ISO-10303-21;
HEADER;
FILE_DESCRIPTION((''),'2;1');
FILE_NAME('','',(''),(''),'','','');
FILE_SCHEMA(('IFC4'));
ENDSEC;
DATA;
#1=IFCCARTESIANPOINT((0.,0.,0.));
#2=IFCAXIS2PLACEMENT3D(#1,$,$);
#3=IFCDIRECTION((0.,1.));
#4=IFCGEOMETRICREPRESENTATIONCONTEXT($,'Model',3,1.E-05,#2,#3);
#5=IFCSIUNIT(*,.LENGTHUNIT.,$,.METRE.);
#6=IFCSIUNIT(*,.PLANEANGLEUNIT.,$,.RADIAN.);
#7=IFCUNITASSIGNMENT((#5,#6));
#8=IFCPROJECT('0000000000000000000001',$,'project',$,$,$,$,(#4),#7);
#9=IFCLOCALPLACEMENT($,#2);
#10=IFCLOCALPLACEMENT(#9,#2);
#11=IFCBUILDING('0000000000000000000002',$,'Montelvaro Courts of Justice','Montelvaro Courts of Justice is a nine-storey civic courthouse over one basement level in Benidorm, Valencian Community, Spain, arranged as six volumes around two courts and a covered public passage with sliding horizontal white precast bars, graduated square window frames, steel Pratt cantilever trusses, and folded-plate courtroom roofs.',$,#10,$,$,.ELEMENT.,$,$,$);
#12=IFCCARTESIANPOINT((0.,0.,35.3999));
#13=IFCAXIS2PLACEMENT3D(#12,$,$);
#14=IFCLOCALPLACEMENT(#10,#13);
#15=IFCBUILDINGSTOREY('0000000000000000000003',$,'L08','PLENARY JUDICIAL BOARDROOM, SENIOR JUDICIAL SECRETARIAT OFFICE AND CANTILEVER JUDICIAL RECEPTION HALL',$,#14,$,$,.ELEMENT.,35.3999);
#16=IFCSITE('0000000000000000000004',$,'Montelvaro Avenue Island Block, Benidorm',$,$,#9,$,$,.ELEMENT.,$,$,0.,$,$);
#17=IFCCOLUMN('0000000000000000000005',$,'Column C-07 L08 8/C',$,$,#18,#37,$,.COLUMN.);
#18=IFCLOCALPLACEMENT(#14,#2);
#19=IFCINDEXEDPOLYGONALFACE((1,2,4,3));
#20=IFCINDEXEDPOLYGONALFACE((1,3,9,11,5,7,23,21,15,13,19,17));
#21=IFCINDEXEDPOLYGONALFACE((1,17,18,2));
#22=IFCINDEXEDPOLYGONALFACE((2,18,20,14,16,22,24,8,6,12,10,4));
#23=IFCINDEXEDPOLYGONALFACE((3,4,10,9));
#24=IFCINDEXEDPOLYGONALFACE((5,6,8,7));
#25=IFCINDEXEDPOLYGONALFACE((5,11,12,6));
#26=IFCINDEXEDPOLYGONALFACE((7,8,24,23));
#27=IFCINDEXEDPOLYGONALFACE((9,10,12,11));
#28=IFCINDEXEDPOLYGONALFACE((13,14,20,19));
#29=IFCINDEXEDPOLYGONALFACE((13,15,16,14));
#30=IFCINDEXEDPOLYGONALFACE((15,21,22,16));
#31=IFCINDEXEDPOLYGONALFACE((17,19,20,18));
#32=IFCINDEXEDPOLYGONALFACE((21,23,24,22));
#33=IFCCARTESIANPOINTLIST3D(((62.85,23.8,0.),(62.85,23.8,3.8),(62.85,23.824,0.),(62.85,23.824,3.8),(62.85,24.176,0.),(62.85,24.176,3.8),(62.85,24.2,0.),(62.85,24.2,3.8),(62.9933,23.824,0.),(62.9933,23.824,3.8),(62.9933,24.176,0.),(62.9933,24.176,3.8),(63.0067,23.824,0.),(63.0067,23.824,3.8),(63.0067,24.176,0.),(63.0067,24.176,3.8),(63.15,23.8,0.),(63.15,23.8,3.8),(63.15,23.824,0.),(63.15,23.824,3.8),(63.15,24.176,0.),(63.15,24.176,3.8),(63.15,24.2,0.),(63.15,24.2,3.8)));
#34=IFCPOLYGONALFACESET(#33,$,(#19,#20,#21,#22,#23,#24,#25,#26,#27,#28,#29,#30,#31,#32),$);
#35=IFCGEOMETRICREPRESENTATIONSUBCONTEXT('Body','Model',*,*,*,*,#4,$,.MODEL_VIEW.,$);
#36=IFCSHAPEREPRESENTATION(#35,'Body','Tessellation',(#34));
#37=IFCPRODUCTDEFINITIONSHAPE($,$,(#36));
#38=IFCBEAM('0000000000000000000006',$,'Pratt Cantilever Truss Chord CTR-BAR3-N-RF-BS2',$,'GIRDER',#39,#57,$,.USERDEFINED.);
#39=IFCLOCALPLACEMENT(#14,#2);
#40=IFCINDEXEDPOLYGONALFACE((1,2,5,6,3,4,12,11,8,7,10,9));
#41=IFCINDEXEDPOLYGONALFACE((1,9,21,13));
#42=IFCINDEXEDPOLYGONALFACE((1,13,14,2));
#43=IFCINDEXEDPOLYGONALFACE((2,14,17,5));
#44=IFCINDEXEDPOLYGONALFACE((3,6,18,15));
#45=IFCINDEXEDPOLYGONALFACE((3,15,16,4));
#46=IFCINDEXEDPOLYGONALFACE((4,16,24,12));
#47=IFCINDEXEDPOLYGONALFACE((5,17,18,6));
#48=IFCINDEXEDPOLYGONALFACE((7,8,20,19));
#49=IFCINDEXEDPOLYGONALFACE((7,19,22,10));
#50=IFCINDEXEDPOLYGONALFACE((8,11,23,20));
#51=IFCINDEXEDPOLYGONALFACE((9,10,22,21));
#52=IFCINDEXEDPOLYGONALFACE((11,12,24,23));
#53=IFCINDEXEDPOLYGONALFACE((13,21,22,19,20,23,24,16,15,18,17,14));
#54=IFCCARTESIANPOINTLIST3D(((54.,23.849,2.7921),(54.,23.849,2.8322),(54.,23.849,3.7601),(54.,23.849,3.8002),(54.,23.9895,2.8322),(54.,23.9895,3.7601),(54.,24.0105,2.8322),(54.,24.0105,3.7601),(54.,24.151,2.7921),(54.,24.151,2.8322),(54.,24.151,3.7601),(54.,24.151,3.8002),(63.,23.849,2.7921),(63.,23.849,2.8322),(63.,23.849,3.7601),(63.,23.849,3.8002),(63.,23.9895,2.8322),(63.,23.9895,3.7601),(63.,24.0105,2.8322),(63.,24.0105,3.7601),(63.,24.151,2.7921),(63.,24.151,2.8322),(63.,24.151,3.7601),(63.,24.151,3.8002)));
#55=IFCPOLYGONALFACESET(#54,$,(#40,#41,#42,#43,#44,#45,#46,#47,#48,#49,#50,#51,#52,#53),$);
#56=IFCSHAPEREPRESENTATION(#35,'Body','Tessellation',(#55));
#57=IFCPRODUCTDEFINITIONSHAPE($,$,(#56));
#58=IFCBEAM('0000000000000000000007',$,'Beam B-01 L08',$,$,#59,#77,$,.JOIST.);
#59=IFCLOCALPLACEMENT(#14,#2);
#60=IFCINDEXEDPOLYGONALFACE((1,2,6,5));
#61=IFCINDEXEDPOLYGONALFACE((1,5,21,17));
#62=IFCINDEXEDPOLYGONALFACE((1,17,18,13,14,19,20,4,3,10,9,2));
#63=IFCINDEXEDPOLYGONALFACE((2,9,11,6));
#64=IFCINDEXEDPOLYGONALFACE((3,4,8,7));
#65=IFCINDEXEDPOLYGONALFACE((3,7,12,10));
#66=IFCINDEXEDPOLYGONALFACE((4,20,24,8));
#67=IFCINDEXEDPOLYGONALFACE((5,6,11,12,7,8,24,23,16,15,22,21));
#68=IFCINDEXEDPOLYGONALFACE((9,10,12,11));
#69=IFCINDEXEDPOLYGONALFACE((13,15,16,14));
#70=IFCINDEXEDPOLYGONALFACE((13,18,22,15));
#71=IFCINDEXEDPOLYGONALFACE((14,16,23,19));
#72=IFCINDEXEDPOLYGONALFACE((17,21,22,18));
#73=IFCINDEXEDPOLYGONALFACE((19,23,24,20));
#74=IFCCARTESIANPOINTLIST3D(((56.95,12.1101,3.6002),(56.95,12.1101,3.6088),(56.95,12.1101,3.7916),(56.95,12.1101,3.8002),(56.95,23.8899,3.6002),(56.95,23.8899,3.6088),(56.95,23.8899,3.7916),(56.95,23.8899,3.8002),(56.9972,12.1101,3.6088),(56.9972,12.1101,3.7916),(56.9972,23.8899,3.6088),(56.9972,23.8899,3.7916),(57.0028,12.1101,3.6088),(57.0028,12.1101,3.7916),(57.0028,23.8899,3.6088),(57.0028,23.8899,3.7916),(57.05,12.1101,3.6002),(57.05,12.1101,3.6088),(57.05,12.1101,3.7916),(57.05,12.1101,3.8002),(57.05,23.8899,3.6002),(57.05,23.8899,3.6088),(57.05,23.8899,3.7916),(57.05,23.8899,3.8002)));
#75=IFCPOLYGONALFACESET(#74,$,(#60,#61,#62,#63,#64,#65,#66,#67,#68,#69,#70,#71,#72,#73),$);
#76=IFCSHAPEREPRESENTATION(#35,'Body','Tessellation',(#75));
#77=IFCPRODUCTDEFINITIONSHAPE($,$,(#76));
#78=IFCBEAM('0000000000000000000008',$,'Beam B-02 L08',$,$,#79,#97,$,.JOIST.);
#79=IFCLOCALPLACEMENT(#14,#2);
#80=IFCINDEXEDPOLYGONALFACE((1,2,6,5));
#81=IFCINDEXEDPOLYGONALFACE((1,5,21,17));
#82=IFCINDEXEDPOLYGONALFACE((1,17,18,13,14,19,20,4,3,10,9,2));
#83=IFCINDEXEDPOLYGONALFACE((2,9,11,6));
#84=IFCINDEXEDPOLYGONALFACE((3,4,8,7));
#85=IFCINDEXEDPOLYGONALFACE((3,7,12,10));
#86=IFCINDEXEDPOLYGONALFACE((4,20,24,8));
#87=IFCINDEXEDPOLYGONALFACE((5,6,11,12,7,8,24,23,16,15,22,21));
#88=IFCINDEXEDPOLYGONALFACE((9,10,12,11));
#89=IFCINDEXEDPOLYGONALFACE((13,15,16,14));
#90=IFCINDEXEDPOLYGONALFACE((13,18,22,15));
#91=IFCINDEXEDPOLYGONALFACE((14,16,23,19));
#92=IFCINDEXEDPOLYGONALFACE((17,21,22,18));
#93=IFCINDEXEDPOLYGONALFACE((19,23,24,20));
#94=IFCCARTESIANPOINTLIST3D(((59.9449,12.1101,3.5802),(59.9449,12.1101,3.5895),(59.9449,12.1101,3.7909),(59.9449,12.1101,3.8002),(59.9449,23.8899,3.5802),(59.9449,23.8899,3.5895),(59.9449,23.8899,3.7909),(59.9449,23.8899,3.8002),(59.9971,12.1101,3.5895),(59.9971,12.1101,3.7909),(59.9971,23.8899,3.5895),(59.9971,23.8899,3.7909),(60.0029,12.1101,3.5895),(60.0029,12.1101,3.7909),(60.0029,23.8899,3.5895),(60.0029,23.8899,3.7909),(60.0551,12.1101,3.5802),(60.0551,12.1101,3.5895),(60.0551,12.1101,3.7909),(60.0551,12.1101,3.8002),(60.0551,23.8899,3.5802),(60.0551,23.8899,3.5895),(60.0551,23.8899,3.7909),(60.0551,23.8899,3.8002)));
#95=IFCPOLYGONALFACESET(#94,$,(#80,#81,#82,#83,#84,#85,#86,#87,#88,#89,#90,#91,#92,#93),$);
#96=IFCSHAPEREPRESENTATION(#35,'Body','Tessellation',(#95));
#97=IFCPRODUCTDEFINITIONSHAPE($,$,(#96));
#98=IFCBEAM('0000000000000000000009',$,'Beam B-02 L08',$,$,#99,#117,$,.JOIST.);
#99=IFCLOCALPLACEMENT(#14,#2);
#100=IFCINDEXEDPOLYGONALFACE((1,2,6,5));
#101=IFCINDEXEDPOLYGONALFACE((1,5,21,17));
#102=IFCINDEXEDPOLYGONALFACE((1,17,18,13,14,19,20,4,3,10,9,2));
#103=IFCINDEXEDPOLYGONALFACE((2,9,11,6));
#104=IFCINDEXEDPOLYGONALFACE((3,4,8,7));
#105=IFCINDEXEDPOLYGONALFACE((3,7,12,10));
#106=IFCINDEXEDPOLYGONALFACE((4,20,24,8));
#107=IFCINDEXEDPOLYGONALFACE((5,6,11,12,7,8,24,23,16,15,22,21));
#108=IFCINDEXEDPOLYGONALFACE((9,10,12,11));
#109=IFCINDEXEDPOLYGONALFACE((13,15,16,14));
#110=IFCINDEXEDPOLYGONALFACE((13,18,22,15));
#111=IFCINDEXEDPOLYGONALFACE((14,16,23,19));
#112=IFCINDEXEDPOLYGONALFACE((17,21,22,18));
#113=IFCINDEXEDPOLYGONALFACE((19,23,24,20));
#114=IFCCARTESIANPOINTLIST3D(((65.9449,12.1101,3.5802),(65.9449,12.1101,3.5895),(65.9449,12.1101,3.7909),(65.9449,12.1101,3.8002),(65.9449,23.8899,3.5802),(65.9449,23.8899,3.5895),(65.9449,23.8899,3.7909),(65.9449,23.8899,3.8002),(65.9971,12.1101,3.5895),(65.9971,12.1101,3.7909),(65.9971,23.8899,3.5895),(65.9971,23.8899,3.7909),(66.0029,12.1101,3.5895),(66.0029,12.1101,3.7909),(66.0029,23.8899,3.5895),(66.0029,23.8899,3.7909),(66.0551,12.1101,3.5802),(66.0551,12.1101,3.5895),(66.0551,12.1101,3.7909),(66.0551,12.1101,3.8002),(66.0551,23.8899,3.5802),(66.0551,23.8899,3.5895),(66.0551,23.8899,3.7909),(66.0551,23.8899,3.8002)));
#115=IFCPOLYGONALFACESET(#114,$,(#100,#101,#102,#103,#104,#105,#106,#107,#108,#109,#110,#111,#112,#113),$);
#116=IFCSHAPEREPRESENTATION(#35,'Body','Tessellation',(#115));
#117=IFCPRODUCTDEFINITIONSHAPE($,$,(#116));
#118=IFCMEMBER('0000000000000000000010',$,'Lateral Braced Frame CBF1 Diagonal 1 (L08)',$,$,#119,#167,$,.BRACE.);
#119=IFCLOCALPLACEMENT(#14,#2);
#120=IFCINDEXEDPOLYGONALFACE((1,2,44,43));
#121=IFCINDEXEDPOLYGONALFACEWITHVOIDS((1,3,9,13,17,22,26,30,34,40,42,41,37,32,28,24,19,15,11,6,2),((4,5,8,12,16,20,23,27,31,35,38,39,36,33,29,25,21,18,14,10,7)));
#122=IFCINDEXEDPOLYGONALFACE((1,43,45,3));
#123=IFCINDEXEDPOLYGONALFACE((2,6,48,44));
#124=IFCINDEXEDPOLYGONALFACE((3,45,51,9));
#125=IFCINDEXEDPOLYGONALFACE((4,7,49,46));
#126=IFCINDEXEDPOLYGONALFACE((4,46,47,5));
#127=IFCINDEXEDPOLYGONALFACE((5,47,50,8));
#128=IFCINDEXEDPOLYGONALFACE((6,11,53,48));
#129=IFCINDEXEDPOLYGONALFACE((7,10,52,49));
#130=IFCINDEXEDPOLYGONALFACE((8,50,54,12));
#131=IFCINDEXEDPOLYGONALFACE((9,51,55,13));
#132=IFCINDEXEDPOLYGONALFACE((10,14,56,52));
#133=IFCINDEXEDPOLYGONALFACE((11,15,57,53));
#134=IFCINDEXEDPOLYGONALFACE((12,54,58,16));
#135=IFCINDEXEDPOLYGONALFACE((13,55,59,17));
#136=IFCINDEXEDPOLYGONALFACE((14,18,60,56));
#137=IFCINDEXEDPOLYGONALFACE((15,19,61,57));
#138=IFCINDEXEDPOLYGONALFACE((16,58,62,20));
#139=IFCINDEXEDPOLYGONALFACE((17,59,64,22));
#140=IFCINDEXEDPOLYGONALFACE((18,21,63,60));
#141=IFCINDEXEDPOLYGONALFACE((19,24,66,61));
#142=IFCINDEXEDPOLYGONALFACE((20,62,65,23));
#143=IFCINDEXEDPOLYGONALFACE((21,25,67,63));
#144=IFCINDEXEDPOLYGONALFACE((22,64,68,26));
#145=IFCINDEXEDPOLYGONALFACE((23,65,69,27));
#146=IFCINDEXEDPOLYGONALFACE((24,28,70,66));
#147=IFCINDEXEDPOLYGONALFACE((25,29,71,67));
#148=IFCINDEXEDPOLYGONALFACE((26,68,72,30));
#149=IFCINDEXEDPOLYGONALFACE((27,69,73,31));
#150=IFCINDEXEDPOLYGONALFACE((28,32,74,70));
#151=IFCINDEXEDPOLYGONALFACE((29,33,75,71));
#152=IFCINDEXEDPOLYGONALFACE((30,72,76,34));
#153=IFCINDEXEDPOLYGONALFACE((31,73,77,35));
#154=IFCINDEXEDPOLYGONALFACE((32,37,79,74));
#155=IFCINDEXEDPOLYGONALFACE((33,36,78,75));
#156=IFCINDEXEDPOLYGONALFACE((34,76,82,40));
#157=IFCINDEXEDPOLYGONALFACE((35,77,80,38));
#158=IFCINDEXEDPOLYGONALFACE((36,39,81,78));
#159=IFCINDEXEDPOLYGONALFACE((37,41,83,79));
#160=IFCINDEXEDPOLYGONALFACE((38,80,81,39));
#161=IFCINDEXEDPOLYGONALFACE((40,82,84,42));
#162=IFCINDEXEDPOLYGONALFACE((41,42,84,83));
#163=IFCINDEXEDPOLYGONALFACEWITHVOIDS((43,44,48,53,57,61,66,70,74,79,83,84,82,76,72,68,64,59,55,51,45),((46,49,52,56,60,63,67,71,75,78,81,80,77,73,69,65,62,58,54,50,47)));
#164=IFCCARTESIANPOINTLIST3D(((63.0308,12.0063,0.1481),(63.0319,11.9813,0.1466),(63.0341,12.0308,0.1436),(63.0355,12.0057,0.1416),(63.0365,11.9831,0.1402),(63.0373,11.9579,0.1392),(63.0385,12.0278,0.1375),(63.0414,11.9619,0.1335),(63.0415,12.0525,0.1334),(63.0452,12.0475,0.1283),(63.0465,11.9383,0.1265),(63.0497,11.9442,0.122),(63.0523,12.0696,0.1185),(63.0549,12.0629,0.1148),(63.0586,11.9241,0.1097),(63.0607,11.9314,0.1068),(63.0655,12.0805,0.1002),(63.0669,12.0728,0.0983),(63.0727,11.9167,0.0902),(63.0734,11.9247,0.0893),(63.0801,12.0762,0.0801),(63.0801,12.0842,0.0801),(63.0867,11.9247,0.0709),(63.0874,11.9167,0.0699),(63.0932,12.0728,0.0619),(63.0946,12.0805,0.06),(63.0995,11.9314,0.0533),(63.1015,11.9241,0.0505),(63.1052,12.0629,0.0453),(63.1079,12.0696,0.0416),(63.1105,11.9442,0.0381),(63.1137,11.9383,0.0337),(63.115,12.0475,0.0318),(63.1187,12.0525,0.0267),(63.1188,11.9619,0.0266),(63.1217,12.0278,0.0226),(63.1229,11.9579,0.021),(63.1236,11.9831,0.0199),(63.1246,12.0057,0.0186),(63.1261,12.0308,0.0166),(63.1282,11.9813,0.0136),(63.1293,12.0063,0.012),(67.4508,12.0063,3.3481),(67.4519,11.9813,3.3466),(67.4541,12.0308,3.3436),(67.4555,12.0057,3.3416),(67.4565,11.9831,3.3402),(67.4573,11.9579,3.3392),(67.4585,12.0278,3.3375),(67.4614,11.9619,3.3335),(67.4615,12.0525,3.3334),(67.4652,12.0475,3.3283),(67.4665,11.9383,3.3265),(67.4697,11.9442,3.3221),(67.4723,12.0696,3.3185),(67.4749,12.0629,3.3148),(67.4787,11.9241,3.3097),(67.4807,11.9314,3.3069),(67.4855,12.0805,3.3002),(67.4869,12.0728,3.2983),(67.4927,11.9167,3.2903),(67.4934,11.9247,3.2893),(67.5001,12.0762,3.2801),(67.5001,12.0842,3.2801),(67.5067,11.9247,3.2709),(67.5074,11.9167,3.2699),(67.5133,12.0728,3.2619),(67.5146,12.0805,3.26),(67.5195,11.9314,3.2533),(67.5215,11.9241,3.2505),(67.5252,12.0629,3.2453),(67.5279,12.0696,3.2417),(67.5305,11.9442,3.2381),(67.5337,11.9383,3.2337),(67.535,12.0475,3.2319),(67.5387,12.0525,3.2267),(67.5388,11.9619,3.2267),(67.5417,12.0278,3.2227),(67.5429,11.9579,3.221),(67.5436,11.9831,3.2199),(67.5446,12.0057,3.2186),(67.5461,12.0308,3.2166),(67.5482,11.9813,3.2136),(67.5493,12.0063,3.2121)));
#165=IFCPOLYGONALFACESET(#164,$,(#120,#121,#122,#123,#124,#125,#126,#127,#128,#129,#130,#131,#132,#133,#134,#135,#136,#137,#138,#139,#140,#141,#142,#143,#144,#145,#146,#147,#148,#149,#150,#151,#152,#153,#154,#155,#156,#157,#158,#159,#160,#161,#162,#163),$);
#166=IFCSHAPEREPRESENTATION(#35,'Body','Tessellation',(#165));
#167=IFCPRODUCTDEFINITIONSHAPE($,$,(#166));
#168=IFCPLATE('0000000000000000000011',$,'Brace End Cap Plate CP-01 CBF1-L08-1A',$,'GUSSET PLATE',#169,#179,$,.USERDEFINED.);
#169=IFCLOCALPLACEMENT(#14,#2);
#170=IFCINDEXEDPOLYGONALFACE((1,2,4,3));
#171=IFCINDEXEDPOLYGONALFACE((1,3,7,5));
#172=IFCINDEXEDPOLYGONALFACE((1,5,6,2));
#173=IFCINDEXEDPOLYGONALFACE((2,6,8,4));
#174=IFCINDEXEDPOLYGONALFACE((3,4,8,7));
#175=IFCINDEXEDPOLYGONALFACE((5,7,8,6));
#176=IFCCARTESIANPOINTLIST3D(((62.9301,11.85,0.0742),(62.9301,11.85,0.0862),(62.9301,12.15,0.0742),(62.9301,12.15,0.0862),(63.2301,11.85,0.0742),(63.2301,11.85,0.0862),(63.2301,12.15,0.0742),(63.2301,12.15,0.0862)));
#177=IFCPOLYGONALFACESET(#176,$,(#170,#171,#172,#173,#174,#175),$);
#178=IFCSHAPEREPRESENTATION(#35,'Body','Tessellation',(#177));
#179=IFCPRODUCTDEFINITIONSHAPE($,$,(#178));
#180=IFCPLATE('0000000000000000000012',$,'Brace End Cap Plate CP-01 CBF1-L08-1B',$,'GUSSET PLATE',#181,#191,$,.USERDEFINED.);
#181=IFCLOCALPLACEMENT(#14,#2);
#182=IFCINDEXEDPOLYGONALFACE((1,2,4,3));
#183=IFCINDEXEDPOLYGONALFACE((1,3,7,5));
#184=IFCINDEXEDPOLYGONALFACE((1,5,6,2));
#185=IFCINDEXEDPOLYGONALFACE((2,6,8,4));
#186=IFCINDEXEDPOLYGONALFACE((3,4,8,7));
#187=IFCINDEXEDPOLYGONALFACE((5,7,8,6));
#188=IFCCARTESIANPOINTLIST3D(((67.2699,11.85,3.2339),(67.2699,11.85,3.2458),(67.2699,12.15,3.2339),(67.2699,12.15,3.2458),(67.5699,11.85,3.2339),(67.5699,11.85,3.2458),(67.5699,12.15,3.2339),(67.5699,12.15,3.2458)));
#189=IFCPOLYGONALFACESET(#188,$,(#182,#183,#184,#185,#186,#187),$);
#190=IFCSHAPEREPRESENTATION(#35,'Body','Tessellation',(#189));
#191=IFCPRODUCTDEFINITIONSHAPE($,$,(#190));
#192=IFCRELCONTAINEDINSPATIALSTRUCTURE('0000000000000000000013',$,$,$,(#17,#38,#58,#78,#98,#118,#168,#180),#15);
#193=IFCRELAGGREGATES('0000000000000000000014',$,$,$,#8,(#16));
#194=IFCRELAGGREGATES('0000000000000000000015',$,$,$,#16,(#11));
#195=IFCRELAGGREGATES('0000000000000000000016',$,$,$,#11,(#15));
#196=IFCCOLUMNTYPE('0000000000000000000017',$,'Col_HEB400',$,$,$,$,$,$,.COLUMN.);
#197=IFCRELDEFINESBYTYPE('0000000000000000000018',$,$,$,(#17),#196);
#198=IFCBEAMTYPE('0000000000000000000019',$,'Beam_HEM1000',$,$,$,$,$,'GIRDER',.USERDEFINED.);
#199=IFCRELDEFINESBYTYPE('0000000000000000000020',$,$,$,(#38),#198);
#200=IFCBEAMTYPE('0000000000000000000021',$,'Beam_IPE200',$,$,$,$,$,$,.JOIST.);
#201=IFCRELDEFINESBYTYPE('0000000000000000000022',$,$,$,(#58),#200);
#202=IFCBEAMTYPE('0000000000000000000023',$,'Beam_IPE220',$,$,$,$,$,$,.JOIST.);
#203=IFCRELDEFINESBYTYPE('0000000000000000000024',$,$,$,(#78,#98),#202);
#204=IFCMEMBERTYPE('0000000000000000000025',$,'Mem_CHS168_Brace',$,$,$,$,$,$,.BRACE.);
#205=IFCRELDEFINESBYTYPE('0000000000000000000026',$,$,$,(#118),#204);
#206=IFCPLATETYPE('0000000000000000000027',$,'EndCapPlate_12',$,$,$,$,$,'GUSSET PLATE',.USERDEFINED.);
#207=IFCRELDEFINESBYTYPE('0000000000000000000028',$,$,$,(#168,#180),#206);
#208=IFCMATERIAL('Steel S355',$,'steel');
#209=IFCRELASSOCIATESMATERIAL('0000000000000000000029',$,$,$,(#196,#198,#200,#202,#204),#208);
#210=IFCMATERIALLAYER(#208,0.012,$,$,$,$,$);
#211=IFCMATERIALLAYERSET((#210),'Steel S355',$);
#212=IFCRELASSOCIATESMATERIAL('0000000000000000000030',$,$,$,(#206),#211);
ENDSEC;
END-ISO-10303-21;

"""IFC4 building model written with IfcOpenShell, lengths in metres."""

from ifc_helpers import new_model, si_unit, direction, frame, origin, origin_2d, place, context, subcontext, project, spatial, rectangle, hollow_circle, i_section, extrude, material, layer, layer_set, material_profile, profile_set, type_object, element, save


model = new_model("IFC4")

# Units and contexts
model_context = context("Model", 3, precision=1e-05, world=origin(), true_north=direction((0.0, 1.0)))
body_context = subcontext(model_context, "Body", "Model", "MODEL_VIEW")
ifc_project = project(units=[si_unit("LENGTHUNIT", "METRE"), si_unit("PLANEANGLEUNIT", "RADIAN")], contexts=[model_context])

# Site, building, storey
site_placement = place(None, origin())
site = spatial("IfcSite", under=ifc_project, at=site_placement, Name="Montelvaro Avenue Island Block, Benidorm", CompositionType="ELEMENT", RefElevation=0.0)
building_placement = place(site_placement, origin())
building = spatial("IfcBuilding", under=site, at=building_placement, Name="Montelvaro Courts of Justice", Description="Montelvaro Courts of Justice is a nine-storey civic courthouse over one basement level in Benidorm, Valencian Community, Spain, arranged as six volumes around two courts and a covered public passage with sliding horizontal white precast bars, graduated square window frames, steel Pratt cantilever trusses, and folded-plate courtroom roofs.", CompositionType="ELEMENT")
storey_placement = place(building_placement, frame((0.0, 0.0, 35.3999)))
storey = spatial("IfcBuildingStorey", under=building, at=storey_placement, Name="L08", Description="PLENARY JUDICIAL BOARDROOM, SENIOR JUDICIAL SECRETARIAT OFFICE AND CANTILEVER JUDICIAL RECEPTION HALL", CompositionType="ELEMENT", Elevation=35.3999)

# Column
ifc_material_1 = material(Name="Steel S355", Category="steel")
ifc_material_profile_1 = material_profile(ifc_material_1, i_section(OverallWidth=0.3, OverallDepth=0.3999, WebThickness=0.0134, FlangeThickness=0.0239, at=origin_2d()), Name="HEB 400")
ifc_profile_set_1 = profile_set([ifc_material_profile_1], Name="Steel S355")
column_type = type_object("IfcColumnType", Name="Col_HEB400", PredefinedType="COLUMN", material=ifc_profile_set_1)
column_placement = place(storey_placement, frame((63.0, 24.0, 0.0), z_axis=(0.0, 0.0, 1.0), x_axis=(1.0, 0.0, 0.0)))
element("IfcColumn", 1, at=column_placement, inside=storey, type_object=column_type, Name="Column C-07 L08 8/C", PredefinedType="COLUMN", context=body_context, shape_type="SweptSolid", body=[
    extrude(i_section(OverallWidth=0.3, OverallDepth=0.3999, WebThickness=0.0134, FlangeThickness=0.0239, at=origin_2d()), origin(), (0.0, 0.0, 1.0), 3.8),
])

# Beams
ifc_material_profile_2 = material_profile(ifc_material_1, i_section(OverallWidth=0.302, OverallDepth=1.0081, WebThickness=0.021, FlangeThickness=0.04, at=origin_2d()), Name="HEM 1000")
ifc_profile_set_2 = profile_set([ifc_material_profile_2], Name="Steel S355")
beam_type_1 = type_object("IfcBeamType", Name="Beam_HEM1000", ElementType="GIRDER", PredefinedType="USERDEFINED", material=ifc_profile_set_2)
beam_1_placement = place(storey_placement, frame((63.0, 24.0, 3.2961), z_axis=(-1.0, 0.0, 0.0), x_axis=(0.0, -1.0, 0.0)))
element("IfcBeam", 2, at=beam_1_placement, inside=storey, type_object=beam_type_1, Name="Pratt Cantilever Truss Chord CTR-BAR3-N-RF-BS2", ObjectType="GIRDER", PredefinedType="USERDEFINED", context=body_context, shape_type="SweptSolid", body=[
    extrude(i_section(OverallWidth=0.302, OverallDepth=1.0081, WebThickness=0.021, FlangeThickness=0.04, at=origin_2d()), origin(), (0.0, 0.0, 1.0), 9.0),
])
ifc_material_profile_3 = material_profile(ifc_material_1, i_section(OverallWidth=0.1001, OverallDepth=0.2, WebThickness=0.0056, FlangeThickness=0.0085, at=origin_2d()), Name="IPE 200")
ifc_profile_set_3 = profile_set([ifc_material_profile_3], Name="Steel S355")
beam_type_2 = type_object("IfcBeamType", Name="Beam_IPE200", PredefinedType="JOIST", material=ifc_profile_set_3)
beam_2_placement = place(storey_placement, frame((57.0, 12.1101, 3.7002), z_axis=(0.0, 1.0, 0.0), x_axis=(-1.0, 0.0, 0.0)))
element("IfcBeam", 3, at=beam_2_placement, inside=storey, type_object=beam_type_2, Name="Beam B-01 L08", PredefinedType="JOIST", context=body_context, shape_type="SweptSolid", body=[
    extrude(i_section(OverallWidth=0.1001, OverallDepth=0.2, WebThickness=0.0056, FlangeThickness=0.0085, at=origin_2d()), origin(), (0.0, 0.0, 1.0), 11.7798),
])
ifc_material_profile_4 = material_profile(ifc_material_1, i_section(OverallWidth=0.1101, OverallDepth=0.22, WebThickness=0.0059, FlangeThickness=0.0093, at=origin_2d()), Name="IPE 220")
ifc_profile_set_4 = profile_set([ifc_material_profile_4], Name="Steel S355")
beam_type_3 = type_object("IfcBeamType", Name="Beam_IPE220", PredefinedType="JOIST", material=ifc_profile_set_4)
for number, where, z_axis, x_axis, name in (
    (4, (60.0, 12.1101, 3.6902), (0.0, 1.0, 0.0), (-1.0, 0.0, 0.0), "Beam B-02 L08"),
    (5, (66.0, 12.1101, 3.6902), (0.0, 1.0, 0.0), (-1.0, 0.0, 0.0), "Beam B-02 L08"),
):
    element("IfcBeam", number, at=place(storey_placement, frame(where, z_axis=z_axis, x_axis=x_axis)), inside=storey, type_object=beam_type_3, Name=name, PredefinedType="JOIST", context=body_context, shape_type="SweptSolid", body=[
        extrude(i_section(OverallWidth=0.1101, OverallDepth=0.22, WebThickness=0.0059, FlangeThickness=0.0093, at=origin_2d()), origin(), (0.0, 0.0, 1.0), 11.7798),
    ])

# Member
ifc_material_profile_5 = material_profile(ifc_material_1, hollow_circle(Radius=0.0842, WallThickness=0.0081, at=origin_2d()), Name="CHS 168.3x8")
ifc_profile_set_5 = profile_set([ifc_material_profile_5], Name="Steel S355")
member_type = type_object("IfcMemberType", Name="Mem_CHS168_Brace", PredefinedType="BRACE", material=ifc_profile_set_5)
member_placement = place(storey_placement, frame((63.0801, 12.0, 0.0801), z_axis=(0.810001, 0.0, 0.586428), x_axis=(0.0, 1.0, 0.0)))
element("IfcMember", 6, at=member_placement, inside=storey, type_object=member_type, Name="Lateral Braced Frame CBF1 Diagonal 1 (L08)", PredefinedType="BRACE", context=body_context, shape_type="SweptSolid", body=[
    extrude(hollow_circle(Radius=0.0842, WallThickness=0.0081, at=origin_2d()), origin(), (0.0, 0.0, 1.0), 5.4568),
])

# Plates
ifc_layer_1 = layer(ifc_material_1, 0.012)
ifc_layer_set_1 = layer_set([ifc_layer_1], Name="Steel S355")
plate_type_1 = type_object("IfcPlateType", Name="EndCapPlate_12", ElementType="GUSSET PLATE", PredefinedType="USERDEFINED", material=ifc_layer_set_1)
for number, where, z_axis, x_axis, name in (
    (7, (63.0801, 12.0, 0.0742), (0.0, 0.0, 1.0), (1.0, 0.0, 0.0), "Brace End Cap Plate CP-01 CBF1-L08-1A"),
    (8, (67.4199, 12.0, 3.2339), (0.0, 0.0, 1.0), (1.0, 0.0, 0.0), "Brace End Cap Plate CP-01 CBF1-L08-1B"),
):
    element("IfcPlate", number, at=place(storey_placement, frame(where, z_axis=z_axis, x_axis=x_axis)), inside=storey, type_object=plate_type_1, Name=name, ObjectType="GUSSET PLATE", PredefinedType="USERDEFINED", context=body_context, shape_type="SweptSolid", body=[
        extrude(rectangle(XDim=0.3, YDim=0.3, at=origin_2d()), origin(), (0.0, 0.0, 1.0), 0.012),
    ])

save(model, "model.ifc")
